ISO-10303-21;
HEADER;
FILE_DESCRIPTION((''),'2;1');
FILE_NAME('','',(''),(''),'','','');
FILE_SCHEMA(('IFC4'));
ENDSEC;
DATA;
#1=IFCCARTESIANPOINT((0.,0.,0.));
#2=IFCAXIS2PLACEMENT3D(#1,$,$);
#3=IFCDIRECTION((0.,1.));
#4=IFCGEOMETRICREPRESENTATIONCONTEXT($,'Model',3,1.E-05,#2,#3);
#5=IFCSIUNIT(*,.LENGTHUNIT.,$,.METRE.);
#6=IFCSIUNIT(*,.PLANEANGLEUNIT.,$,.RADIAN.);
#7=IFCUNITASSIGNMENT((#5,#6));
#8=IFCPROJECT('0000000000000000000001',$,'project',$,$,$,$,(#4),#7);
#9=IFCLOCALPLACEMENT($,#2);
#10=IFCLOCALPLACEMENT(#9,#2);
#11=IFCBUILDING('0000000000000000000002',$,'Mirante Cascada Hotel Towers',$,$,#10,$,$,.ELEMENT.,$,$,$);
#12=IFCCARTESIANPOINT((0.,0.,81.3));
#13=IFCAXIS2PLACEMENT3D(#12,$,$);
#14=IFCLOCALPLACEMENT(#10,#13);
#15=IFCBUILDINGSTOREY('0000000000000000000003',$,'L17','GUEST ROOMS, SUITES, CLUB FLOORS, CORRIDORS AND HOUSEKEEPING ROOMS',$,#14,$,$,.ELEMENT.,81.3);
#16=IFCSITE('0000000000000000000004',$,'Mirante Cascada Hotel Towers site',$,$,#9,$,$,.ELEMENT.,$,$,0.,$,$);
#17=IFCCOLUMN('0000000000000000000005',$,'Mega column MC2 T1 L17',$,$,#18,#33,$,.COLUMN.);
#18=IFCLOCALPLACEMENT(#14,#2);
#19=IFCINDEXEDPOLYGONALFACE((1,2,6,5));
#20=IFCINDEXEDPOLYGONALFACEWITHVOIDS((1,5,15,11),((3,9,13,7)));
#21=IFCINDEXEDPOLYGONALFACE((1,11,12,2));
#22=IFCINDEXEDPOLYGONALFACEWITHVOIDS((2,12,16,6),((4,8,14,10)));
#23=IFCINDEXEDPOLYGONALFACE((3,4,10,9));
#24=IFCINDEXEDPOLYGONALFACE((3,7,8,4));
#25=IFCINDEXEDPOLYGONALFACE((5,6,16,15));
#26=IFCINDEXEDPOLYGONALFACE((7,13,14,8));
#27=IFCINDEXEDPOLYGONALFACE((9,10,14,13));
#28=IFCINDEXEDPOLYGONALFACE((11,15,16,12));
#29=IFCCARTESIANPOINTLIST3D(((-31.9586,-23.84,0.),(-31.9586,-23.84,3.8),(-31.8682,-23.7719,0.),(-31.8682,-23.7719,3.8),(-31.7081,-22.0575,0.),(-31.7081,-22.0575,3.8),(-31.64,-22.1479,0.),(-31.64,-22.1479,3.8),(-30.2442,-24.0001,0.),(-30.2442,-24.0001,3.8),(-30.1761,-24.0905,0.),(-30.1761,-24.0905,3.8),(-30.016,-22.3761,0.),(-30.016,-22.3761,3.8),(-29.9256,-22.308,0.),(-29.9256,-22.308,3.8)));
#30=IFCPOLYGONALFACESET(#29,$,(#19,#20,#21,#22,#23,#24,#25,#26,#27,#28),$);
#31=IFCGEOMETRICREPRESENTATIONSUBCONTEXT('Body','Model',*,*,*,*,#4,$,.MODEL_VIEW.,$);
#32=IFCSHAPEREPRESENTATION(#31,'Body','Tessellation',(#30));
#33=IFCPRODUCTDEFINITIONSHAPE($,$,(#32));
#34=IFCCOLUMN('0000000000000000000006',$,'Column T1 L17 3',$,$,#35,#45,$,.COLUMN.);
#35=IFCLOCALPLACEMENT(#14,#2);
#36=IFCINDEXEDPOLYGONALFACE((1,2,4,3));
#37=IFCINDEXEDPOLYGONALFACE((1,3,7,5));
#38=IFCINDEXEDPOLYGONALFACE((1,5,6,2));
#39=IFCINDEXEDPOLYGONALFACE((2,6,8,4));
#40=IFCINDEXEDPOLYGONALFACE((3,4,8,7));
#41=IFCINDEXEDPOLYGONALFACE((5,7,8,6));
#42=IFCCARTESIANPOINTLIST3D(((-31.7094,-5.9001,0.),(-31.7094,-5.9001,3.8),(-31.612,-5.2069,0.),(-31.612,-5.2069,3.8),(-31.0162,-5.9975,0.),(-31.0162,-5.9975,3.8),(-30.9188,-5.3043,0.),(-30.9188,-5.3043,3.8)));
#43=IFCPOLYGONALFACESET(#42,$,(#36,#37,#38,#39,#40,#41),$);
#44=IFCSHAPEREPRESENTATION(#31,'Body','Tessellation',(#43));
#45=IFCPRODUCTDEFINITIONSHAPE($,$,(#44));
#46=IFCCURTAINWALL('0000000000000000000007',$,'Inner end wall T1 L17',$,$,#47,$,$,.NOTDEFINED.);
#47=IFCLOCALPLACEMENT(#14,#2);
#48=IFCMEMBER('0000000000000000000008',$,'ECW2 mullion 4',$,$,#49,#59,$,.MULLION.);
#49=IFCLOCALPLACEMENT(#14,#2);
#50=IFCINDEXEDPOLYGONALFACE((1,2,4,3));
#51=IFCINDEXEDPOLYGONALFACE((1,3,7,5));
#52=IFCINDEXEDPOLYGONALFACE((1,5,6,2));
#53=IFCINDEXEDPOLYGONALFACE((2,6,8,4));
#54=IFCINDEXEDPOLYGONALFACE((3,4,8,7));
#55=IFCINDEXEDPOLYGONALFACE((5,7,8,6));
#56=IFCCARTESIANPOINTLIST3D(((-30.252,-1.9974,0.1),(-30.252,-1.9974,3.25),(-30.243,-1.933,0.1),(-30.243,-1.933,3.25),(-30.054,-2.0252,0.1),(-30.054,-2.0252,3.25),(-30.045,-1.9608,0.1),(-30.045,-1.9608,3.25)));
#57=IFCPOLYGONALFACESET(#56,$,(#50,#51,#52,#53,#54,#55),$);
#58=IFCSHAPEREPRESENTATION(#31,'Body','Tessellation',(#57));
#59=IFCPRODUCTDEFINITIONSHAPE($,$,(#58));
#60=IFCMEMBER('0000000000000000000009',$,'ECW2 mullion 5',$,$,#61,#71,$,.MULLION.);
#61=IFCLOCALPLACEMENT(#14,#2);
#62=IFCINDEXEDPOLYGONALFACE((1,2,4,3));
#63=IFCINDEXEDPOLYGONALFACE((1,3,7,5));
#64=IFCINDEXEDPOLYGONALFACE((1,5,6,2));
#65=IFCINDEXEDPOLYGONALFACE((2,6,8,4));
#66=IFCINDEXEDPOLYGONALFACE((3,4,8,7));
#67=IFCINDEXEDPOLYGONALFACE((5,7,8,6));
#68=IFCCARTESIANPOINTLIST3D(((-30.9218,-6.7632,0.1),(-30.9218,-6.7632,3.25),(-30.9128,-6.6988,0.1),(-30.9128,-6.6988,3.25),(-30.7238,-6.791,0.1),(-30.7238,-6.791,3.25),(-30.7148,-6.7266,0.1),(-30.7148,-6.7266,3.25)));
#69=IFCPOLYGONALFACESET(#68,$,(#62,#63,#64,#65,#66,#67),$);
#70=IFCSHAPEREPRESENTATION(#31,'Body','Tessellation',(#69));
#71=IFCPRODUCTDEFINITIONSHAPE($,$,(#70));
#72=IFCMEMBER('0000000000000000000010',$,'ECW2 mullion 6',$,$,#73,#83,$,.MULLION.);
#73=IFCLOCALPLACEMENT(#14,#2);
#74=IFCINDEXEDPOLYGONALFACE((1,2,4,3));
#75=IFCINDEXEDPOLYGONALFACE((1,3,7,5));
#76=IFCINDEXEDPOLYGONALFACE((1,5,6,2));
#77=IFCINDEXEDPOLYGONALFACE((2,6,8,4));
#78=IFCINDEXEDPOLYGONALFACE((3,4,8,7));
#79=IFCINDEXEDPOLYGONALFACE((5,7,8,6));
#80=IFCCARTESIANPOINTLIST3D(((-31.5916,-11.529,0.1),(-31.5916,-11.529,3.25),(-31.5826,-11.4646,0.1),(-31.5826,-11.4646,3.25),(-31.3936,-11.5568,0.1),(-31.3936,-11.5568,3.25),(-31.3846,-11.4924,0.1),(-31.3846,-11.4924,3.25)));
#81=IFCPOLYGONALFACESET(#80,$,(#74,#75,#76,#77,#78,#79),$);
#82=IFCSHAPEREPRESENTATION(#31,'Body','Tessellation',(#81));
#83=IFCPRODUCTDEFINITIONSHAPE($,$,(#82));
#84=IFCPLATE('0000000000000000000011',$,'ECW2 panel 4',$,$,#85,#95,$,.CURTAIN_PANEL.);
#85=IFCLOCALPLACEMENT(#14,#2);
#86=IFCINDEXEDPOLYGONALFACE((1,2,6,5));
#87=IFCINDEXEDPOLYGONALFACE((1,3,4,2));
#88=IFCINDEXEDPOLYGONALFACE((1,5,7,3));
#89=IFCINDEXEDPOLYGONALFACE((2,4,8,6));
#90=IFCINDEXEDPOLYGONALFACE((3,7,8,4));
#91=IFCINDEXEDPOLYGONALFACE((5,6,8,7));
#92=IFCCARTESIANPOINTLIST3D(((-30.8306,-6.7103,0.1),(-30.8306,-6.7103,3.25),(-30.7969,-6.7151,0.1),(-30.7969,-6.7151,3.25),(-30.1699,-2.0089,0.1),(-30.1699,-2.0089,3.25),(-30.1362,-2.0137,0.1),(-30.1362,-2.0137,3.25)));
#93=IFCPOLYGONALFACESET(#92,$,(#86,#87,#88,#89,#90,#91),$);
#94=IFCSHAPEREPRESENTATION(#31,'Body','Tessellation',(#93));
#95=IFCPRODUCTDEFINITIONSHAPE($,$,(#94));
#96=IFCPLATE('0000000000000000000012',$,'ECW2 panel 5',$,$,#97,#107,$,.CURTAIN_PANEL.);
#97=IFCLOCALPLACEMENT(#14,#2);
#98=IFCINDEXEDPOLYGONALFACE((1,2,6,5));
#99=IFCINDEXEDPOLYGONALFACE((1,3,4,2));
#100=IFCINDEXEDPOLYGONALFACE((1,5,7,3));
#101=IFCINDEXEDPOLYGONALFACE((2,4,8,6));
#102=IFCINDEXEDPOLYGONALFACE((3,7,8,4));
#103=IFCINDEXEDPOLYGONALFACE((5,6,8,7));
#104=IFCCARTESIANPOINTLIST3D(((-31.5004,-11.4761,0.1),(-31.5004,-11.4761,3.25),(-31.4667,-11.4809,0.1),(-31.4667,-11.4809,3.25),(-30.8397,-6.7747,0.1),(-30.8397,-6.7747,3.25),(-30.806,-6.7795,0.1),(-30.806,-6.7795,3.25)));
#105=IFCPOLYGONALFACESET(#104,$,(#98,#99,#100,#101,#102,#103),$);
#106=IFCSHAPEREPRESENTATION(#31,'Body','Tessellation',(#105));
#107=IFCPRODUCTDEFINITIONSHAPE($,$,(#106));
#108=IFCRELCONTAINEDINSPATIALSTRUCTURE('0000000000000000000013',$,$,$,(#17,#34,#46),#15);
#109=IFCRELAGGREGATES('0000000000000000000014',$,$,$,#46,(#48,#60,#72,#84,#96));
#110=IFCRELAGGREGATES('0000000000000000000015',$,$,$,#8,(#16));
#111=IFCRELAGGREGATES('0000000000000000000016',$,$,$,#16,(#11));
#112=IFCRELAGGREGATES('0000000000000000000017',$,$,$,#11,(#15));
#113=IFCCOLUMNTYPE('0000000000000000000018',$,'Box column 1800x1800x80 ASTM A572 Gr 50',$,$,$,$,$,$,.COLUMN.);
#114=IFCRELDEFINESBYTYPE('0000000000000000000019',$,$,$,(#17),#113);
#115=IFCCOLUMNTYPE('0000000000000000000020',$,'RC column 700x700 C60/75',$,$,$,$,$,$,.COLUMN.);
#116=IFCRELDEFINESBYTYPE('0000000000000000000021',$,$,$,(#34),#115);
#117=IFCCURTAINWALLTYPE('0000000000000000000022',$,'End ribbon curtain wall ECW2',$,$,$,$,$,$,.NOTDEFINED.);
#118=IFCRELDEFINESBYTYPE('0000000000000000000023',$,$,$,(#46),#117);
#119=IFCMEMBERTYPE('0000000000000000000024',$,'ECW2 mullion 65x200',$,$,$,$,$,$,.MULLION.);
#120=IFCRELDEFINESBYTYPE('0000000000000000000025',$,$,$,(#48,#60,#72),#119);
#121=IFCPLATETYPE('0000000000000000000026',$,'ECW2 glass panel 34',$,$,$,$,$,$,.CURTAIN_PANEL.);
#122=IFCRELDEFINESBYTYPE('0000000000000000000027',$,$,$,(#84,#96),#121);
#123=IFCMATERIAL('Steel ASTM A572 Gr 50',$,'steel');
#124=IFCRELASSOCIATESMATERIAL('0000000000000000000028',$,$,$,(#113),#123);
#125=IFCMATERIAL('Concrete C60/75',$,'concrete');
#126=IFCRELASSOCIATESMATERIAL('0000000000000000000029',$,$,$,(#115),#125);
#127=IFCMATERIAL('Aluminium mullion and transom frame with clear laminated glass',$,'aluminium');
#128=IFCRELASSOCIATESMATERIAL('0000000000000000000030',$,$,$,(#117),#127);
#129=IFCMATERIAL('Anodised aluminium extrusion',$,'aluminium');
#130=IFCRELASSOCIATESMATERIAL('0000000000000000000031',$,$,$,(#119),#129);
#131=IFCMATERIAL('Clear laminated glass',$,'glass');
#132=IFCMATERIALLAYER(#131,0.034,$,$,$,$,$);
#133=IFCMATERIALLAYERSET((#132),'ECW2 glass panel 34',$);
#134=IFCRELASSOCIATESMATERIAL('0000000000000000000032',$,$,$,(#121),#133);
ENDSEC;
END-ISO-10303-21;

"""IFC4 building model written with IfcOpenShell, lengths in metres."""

from ifc_helpers import new_model, si_unit, direction, frame, origin, origin_2d, place, context, subcontext, project, spatial, rectangle, hollow_rectangle, extrude, material, layer, layer_set, material_profile, profile_set, type_object, element, aggregate, save


model = new_model("IFC4")

# Units and contexts
model_context = context("Model", 3, precision=1e-05, world=origin(), true_north=direction((0.0, 1.0)))
body_context = subcontext(model_context, "Body", "Model", "MODEL_VIEW")
ifc_project = project(units=[si_unit("LENGTHUNIT", "METRE"), si_unit("PLANEANGLEUNIT", "RADIAN")], contexts=[model_context])

# Site, building, storey
site_placement = place(None, origin())
site = spatial("IfcSite", under=ifc_project, at=site_placement, Name="Mirante Cascada Hotel Towers site", CompositionType="ELEMENT", RefElevation=0.0)
building_placement = place(site_placement, origin())
building = spatial("IfcBuilding", under=site, at=building_placement, Name="Mirante Cascada Hotel Towers", CompositionType="ELEMENT")
storey_placement = place(building_placement, frame((0.0, 0.0, 81.3)))
storey = spatial("IfcBuildingStorey", under=building, at=storey_placement, Name="L17", Description="GUEST ROOMS, SUITES, CLUB FLOORS, CORRIDORS AND HOUSEKEEPING ROOMS", CompositionType="ELEMENT", Elevation=81.3)

# Columns
ifc_material_1 = material(Name="Steel ASTM A572 Gr 50", Category="steel")
ifc_material_profile_1 = material_profile(ifc_material_1, hollow_rectangle(XDim=1.8, YDim=1.8, WallThickness=0.08, at=origin_2d()), Name="Box column 1800x1800x80 ASTM A572 Gr 50")
ifc_profile_set_1 = profile_set([ifc_material_profile_1], Name="Steel ASTM A572 Gr 50")
column_type_1 = type_object("IfcColumnType", Name="Box column 1800x1800x80 ASTM A572 Gr 50", PredefinedType="COLUMN", material=ifc_profile_set_1)
column_1_placement = place(storey_placement, frame((-30.9421, -23.074, 0.0), z_axis=(0.0, 0.0, 1.0), x_axis=(-0.990268, 0.139173, 0.0)))
element("IfcColumn", 1, at=column_1_placement, inside=storey, type_object=column_type_1, Name="Mega column MC2 T1 L17", PredefinedType="COLUMN", context=body_context, shape_type="SweptSolid", body=[
    extrude(hollow_rectangle(XDim=1.8, YDim=1.8, WallThickness=0.08, at=origin_2d()), origin(), (0.0, 0.0, 1.0), 3.8),
])
ifc_material_2 = material(Name="Concrete C60/75", Category="concrete")
ifc_material_profile_2 = material_profile(ifc_material_2, rectangle(XDim=0.7, YDim=0.7, at=origin_2d()), Name="RC column 700x700 C60/75")
ifc_profile_set_2 = profile_set([ifc_material_profile_2], Name="Concrete C60/75")
column_type_2 = type_object("IfcColumnType", Name="RC column 700x700 C60/75", PredefinedType="COLUMN", material=ifc_profile_set_2)
column_2_placement = place(storey_placement, frame((-31.3141, -5.6022, 0.0), z_axis=(0.0, 0.0, 1.0), x_axis=(-0.990268, 0.139173, 0.0)))
element("IfcColumn", 2, at=column_2_placement, inside=storey, type_object=column_type_2, Name="Column T1 L17 3", PredefinedType="COLUMN", context=body_context, shape_type="SweptSolid", body=[
    extrude(rectangle(XDim=0.7, YDim=0.7, at=origin_2d()), origin(), (0.0, 0.0, 1.0), 3.8),
])

# Curtain wall, members, plates
ifc_material_3 = material(Name="Aluminium mullion and transom frame with clear laminated glass", Category="aluminium")
curtain_wall_type = type_object("IfcCurtainWallType", Name="End ribbon curtain wall ECW2", PredefinedType="NOTDEFINED", material=ifc_material_3)
curtain_wall_placement = place(storey_placement, origin())
curtain_wall = element("IfcCurtainWall", 3, at=curtain_wall_placement, inside=storey, type_object=curtain_wall_type, Name="Inner end wall T1 L17", PredefinedType="NOTDEFINED")
ifc_material_4 = material(Name="Anodised aluminium extrusion", Category="aluminium")
ifc_material_profile_3 = material_profile(ifc_material_4, rectangle(XDim=0.2, YDim=0.065, at=origin_2d()), Name="ECW2 MULLION 65x200")
ifc_profile_set_3 = profile_set([ifc_material_profile_3], Name="Anodised aluminium extrusion")
member_type = type_object("IfcMemberType", Name="ECW2 mullion 65x200", PredefinedType="MULLION", material=ifc_profile_set_3)
member_1_placement = place(storey_placement, frame((-30.1485, -1.9791, 0.1), z_axis=(0.0, 0.0, 1.0), x_axis=(0.990268, -0.139173, 0.0)))
member_1 = element("IfcMember", 4, at=member_1_placement, type_object=member_type, Name="ECW2 mullion 4", PredefinedType="MULLION", context=body_context, shape_type="SweptSolid", body=[
    extrude(rectangle(XDim=0.2, YDim=0.065, at=origin_2d()), origin(), (0.0, 0.0, 1.0), 3.15),
])
member_2_placement = place(storey_placement, frame((-30.8183, -6.7449, 0.1), z_axis=(0.0, 0.0, 1.0), x_axis=(0.990268, -0.139173, 0.0)))
member_2 = element("IfcMember", 5, at=member_2_placement, type_object=member_type, Name="ECW2 mullion 5", PredefinedType="MULLION", context=body_context, shape_type="SweptSolid", body=[
    extrude(rectangle(XDim=0.2, YDim=0.065, at=origin_2d()), origin(), (0.0, 0.0, 1.0), 3.15),
])
member_3_placement = place(storey_placement, frame((-31.4881, -11.5107, 0.1), z_axis=(0.0, 0.0, 1.0), x_axis=(0.990268, -0.139173, 0.0)))
member_3 = element("IfcMember", 6, at=member_3_placement, type_object=member_type, Name="ECW2 mullion 6", PredefinedType="MULLION", context=body_context, shape_type="SweptSolid", body=[
    extrude(rectangle(XDim=0.2, YDim=0.065, at=origin_2d()), origin(), (0.0, 0.0, 1.0), 3.15),
])
ifc_material_5 = material(Name="Clear laminated glass", Category="glass")
ifc_layer_1 = layer(ifc_material_5, 0.034)
ifc_layer_set_1 = layer_set([ifc_layer_1], Name="ECW2 glass panel 34")
plate_type = type_object("IfcPlateType", Name="ECW2 glass panel 34", PredefinedType="CURTAIN_PANEL", material=ifc_layer_set_1)
plate_1_placement = place(storey_placement, frame((-30.4834, -4.362, 0.1), z_axis=(0.0, 0.0, 1.0), x_axis=(-0.139173, -0.990268, 0.0)))
plate_1 = element("IfcPlate", 7, at=plate_1_placement, type_object=plate_type, Name="ECW2 panel 4", PredefinedType="CURTAIN_PANEL", context=body_context, shape_type="SweptSolid", body=[
    extrude(rectangle(XDim=4.7476, YDim=0.034, at=origin_2d()), origin(), (0.0, 0.0, 1.0), 3.15),
])
plate_2_placement = place(storey_placement, frame((-31.1532, -9.1278, 0.1), z_axis=(0.0, 0.0, 1.0), x_axis=(-0.139173, -0.990268, 0.0)))
plate_2 = element("IfcPlate", 8, at=plate_2_placement, type_object=plate_type, Name="ECW2 panel 5", PredefinedType="CURTAIN_PANEL", context=body_context, shape_type="SweptSolid", body=[
    extrude(rectangle(XDim=4.7476, YDim=0.034, at=origin_2d()), origin(), (0.0, 0.0, 1.0), 3.15),
])
aggregate(curtain_wall, [member_1, member_2, member_3, plate_1, plate_2])

save(model, "model.ifc")
